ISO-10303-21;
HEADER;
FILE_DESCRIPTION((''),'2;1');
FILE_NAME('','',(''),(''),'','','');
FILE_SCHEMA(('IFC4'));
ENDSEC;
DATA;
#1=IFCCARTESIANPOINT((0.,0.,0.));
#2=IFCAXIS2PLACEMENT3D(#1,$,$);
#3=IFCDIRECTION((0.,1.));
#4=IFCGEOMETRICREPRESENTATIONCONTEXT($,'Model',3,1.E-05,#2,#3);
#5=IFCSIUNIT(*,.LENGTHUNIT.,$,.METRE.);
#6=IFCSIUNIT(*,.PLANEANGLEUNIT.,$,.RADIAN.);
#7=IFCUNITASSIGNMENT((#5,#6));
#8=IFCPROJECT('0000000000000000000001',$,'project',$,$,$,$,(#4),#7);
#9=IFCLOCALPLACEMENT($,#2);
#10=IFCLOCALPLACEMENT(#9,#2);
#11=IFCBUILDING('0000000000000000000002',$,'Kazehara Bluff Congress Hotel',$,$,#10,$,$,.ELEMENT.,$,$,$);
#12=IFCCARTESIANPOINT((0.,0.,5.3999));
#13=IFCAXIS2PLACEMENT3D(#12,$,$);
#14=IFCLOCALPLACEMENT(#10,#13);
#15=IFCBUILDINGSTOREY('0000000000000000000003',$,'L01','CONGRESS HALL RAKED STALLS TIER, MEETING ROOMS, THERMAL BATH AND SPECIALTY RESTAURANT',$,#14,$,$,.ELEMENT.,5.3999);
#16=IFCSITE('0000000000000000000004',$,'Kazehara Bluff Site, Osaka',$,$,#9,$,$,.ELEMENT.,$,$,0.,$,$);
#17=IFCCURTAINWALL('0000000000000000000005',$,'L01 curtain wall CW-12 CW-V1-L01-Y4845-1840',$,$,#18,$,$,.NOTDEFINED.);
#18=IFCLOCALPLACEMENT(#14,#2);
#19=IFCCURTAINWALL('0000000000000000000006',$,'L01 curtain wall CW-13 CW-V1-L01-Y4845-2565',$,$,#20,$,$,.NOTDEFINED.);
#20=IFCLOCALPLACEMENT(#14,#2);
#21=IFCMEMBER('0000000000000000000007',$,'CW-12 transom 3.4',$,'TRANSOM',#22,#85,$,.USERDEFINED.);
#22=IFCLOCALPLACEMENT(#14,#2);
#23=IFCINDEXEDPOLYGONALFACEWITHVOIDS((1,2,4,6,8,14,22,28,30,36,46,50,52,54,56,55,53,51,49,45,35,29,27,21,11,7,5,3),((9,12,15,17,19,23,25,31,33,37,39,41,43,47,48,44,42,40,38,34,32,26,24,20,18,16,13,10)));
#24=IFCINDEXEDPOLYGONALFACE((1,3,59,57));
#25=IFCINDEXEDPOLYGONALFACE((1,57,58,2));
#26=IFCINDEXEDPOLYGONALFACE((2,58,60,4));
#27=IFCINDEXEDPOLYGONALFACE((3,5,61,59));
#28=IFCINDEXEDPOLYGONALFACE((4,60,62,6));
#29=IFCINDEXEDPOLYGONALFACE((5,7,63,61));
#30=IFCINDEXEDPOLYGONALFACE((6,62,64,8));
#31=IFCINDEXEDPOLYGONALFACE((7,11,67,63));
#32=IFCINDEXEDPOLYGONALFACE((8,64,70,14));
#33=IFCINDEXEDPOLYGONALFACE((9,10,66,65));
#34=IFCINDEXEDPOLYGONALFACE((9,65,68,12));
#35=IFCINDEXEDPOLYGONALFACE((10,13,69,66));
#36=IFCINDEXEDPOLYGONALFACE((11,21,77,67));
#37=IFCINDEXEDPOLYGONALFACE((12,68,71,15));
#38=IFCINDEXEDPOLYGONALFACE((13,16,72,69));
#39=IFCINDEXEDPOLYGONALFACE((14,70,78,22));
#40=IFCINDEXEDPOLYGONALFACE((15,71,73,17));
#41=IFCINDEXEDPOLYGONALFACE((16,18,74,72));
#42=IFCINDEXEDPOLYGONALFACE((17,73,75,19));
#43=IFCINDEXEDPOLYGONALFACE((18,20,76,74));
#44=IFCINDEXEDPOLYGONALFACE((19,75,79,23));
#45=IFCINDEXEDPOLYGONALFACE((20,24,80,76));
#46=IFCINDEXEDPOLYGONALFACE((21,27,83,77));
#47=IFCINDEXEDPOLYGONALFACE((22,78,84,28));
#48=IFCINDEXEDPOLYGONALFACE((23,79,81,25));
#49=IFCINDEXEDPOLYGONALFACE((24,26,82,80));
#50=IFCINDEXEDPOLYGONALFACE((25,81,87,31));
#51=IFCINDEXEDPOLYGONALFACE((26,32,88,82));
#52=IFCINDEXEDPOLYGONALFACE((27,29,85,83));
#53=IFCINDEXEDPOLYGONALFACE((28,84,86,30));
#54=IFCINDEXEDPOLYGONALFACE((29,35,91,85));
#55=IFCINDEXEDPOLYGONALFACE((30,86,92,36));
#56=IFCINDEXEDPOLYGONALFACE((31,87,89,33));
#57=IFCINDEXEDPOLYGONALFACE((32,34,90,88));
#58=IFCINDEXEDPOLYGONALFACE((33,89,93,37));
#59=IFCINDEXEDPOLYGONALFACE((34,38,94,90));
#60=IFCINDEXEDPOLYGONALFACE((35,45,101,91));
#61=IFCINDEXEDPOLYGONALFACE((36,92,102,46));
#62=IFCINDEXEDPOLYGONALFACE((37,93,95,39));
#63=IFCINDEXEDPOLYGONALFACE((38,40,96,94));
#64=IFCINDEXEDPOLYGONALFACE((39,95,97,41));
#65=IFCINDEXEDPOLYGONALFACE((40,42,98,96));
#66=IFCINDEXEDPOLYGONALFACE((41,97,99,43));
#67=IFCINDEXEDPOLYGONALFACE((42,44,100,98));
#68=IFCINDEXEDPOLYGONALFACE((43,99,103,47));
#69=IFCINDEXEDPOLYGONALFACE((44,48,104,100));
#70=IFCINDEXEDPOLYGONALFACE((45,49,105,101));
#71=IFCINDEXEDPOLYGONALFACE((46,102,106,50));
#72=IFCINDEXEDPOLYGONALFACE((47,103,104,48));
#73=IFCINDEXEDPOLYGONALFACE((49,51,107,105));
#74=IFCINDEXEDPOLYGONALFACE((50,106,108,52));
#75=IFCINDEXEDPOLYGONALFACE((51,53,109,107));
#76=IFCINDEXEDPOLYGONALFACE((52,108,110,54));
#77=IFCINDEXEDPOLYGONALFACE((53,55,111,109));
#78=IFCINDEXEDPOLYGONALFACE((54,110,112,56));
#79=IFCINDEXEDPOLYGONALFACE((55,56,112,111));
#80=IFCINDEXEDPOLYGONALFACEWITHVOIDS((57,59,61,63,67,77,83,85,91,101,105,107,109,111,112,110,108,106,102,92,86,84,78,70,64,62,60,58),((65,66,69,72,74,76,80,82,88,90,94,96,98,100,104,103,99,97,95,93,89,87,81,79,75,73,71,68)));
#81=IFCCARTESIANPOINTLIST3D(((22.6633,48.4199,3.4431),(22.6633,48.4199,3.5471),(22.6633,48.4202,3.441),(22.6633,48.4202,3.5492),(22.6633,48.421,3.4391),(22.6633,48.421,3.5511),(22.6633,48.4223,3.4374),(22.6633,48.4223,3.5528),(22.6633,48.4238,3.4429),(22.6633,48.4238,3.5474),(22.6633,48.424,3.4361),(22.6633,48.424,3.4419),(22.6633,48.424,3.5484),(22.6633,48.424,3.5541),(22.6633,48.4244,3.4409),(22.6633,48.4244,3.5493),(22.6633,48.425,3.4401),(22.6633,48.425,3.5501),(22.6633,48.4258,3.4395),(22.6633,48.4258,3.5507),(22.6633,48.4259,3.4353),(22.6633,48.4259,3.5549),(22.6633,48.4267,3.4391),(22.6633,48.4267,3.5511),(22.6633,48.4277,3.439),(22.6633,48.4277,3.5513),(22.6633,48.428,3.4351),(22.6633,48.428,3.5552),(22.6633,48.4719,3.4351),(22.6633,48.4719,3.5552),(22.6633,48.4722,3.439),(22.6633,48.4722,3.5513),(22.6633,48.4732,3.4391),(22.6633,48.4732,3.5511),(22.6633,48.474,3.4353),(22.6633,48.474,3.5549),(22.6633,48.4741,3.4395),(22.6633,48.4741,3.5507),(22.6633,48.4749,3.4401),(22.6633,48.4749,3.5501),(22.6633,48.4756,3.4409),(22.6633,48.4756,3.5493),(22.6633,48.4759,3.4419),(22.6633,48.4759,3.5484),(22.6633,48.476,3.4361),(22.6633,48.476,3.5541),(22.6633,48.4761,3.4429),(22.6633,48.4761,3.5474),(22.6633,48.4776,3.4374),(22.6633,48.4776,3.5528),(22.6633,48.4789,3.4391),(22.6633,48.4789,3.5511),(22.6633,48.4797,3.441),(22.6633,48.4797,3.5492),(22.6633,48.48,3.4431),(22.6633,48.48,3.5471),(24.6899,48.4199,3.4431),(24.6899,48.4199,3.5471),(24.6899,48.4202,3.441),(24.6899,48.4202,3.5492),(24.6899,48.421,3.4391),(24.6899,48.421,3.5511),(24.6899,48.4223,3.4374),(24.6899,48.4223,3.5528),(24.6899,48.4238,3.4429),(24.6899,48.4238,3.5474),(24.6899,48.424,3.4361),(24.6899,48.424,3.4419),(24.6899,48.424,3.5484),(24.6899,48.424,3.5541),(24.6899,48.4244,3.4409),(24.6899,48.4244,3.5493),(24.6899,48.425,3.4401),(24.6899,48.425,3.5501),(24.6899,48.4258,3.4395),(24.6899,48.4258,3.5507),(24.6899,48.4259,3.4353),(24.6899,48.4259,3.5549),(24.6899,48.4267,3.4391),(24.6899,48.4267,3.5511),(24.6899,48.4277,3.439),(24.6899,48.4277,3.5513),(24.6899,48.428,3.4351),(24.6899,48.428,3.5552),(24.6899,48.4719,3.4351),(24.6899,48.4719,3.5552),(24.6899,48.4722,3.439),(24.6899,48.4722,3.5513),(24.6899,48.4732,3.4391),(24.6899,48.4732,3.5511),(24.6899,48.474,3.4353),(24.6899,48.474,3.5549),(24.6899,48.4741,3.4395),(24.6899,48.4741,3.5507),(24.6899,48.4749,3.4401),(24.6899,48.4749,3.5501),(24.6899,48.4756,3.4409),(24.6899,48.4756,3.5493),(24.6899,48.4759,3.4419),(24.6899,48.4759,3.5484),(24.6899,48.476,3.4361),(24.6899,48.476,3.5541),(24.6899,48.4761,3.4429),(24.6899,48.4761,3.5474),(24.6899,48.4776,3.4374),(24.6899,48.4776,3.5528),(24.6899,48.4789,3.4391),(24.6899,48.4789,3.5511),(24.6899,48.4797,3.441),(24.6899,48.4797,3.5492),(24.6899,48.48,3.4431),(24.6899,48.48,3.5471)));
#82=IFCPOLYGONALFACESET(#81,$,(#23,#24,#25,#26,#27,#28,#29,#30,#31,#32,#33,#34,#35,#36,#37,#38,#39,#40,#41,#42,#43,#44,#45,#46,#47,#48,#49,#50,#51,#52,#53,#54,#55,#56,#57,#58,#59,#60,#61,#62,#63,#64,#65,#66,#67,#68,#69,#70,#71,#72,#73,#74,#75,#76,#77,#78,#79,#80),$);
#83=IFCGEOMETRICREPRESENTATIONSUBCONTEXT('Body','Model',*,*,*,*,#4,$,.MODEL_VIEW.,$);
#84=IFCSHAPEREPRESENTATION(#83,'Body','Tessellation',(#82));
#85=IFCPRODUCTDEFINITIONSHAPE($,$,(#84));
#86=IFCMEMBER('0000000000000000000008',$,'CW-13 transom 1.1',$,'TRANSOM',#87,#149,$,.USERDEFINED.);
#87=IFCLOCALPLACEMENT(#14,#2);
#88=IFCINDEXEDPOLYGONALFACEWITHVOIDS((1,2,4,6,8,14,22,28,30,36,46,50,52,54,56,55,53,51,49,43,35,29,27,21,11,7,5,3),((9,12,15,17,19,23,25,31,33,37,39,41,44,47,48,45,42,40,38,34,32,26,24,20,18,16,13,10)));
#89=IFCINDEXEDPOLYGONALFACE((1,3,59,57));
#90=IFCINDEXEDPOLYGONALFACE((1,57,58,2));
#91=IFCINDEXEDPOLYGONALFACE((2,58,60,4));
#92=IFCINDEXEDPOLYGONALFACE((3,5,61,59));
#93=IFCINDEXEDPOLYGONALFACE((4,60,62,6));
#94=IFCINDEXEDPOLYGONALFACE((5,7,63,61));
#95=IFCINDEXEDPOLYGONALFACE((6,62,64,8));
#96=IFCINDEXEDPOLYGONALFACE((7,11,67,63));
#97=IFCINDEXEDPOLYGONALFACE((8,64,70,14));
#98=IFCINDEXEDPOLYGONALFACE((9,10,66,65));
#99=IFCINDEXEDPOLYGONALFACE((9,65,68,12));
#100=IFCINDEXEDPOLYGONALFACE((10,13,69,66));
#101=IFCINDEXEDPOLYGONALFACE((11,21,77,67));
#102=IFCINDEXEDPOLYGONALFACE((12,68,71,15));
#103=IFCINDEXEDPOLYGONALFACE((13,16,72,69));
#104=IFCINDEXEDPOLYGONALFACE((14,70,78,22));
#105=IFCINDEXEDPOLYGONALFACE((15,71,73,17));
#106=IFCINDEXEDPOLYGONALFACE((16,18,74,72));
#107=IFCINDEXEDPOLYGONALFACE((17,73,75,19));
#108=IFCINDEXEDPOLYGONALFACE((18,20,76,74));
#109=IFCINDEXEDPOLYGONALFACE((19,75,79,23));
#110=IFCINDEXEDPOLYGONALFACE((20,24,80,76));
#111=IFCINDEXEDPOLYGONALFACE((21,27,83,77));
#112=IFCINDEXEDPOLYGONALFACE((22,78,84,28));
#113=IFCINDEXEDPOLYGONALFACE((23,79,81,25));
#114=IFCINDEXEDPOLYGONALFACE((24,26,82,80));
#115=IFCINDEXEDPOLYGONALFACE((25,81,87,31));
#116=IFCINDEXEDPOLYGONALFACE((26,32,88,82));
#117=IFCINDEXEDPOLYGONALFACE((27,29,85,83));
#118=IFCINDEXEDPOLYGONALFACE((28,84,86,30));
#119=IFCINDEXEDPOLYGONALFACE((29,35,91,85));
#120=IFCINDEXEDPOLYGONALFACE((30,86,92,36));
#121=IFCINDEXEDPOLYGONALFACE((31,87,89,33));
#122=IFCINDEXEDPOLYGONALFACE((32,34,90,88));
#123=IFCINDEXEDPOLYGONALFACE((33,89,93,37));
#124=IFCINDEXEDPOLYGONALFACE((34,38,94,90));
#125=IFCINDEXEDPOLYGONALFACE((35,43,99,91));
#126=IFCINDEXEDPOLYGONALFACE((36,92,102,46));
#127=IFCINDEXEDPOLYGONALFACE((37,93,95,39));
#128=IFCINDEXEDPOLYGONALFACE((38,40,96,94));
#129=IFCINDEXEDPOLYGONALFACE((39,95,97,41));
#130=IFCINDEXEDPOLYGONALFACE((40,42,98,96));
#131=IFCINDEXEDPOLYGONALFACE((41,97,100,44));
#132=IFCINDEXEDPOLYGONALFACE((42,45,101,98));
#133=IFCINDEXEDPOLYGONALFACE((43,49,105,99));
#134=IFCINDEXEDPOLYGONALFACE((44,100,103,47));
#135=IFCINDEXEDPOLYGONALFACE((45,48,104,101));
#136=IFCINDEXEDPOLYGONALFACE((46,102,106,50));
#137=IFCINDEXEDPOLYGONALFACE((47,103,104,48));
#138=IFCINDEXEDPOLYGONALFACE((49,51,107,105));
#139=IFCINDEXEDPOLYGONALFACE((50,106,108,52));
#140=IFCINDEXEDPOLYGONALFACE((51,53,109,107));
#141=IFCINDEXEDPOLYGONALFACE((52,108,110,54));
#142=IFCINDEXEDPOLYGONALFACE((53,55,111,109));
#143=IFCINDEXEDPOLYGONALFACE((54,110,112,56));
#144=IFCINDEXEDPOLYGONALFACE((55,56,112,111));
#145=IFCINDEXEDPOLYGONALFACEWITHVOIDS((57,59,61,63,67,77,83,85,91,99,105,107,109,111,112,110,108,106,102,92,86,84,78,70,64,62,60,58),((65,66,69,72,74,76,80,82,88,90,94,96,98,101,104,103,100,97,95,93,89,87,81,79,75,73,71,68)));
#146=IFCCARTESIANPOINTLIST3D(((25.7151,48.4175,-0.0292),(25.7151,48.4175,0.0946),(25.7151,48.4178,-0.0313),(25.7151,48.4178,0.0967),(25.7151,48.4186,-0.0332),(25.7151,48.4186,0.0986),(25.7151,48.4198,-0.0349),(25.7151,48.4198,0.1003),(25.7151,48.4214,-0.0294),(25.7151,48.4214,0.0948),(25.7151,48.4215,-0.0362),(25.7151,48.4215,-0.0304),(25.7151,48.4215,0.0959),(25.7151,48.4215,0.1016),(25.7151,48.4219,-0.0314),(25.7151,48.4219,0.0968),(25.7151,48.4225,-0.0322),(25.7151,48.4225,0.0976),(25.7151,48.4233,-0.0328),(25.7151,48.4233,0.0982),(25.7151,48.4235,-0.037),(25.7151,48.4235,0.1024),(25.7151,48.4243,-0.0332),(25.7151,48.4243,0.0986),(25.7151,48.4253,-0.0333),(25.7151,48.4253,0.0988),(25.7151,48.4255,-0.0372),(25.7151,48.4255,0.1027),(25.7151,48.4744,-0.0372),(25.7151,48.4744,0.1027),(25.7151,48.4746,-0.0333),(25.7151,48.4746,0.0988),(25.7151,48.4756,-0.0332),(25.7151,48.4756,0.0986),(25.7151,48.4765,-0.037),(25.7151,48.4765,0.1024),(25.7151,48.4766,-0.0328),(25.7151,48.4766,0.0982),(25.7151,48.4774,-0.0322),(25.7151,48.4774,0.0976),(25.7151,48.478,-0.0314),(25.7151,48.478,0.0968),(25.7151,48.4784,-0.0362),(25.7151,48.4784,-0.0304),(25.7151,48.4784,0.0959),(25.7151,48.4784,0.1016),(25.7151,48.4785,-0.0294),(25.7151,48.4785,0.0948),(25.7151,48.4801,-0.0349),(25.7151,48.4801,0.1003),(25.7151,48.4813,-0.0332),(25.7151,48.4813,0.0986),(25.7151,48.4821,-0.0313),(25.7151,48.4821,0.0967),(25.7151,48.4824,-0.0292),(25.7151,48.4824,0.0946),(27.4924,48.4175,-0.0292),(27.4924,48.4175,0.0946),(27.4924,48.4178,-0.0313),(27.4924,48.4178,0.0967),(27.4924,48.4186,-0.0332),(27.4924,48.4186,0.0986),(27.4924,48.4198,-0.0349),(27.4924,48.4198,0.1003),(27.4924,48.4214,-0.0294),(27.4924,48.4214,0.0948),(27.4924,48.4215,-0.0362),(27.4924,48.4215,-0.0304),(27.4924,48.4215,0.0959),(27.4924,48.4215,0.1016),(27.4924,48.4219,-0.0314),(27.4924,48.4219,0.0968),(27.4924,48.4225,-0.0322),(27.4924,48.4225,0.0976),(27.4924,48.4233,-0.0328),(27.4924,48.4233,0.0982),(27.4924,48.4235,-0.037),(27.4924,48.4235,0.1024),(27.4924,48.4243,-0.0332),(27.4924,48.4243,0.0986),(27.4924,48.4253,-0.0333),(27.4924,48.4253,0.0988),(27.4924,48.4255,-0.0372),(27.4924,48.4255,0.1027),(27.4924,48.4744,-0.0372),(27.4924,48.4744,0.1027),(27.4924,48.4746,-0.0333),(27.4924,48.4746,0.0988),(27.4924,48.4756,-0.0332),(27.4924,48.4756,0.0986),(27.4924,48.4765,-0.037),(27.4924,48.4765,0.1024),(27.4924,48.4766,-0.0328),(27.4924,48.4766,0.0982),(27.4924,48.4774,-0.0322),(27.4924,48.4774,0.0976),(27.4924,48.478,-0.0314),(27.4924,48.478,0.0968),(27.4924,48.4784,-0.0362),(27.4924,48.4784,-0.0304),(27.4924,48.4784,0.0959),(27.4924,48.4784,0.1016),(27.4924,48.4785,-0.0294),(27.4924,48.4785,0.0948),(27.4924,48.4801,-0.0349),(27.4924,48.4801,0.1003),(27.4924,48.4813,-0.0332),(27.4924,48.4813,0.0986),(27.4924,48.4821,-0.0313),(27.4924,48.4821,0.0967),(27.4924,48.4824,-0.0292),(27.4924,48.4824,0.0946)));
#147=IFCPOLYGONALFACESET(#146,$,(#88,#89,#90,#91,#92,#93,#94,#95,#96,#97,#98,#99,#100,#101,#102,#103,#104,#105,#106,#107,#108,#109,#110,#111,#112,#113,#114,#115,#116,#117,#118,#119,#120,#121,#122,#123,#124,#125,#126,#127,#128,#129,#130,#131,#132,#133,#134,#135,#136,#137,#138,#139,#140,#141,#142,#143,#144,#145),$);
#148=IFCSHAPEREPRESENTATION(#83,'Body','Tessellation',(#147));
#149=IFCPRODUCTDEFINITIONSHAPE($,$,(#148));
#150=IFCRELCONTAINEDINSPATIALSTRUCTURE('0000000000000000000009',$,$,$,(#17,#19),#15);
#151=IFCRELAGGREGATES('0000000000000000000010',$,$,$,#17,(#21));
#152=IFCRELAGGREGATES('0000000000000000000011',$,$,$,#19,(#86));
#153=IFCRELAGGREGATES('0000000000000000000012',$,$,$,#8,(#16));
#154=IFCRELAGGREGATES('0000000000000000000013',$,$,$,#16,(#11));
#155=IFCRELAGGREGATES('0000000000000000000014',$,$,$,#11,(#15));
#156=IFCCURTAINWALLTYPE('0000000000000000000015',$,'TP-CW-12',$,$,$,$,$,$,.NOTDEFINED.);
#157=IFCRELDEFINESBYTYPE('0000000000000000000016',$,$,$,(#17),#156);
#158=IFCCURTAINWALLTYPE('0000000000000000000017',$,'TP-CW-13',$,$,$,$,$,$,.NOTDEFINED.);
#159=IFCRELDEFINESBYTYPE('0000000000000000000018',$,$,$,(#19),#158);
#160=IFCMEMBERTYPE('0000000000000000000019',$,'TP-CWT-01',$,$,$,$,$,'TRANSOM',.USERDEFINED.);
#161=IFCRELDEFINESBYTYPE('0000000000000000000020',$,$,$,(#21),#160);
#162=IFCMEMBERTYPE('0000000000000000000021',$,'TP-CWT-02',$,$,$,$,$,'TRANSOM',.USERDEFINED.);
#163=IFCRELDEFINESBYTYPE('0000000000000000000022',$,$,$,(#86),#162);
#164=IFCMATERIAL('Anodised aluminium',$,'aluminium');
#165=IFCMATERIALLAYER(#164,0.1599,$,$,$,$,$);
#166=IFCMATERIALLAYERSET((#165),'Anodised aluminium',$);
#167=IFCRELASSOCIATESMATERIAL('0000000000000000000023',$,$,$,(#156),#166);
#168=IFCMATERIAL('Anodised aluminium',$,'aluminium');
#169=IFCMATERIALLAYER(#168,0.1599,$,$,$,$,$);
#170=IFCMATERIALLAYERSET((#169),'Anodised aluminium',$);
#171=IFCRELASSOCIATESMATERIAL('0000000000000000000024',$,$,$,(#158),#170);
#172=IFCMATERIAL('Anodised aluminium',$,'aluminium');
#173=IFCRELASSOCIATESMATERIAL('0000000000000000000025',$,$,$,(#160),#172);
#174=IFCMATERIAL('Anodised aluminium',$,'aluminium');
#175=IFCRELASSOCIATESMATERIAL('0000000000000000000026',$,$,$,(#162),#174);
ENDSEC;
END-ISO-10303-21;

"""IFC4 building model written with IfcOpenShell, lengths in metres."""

from ifc_helpers import new_model, si_unit, direction, frame, origin, origin_2d, place, context, subcontext, project, spatial, hollow_rectangle, extrude, material, layer, layer_set, material_profile, profile_set, type_object, element, aggregate, save


model = new_model("IFC4")

# Units and contexts
model_context = context("Model", 3, precision=1e-05, world=origin(), true_north=direction((0.0, 1.0)))
body_context = subcontext(model_context, "Body", "Model", "MODEL_VIEW")
ifc_project = project(units=[si_unit("LENGTHUNIT", "METRE"), si_unit("PLANEANGLEUNIT", "RADIAN")], contexts=[model_context])

# Site, building, storey
site_placement = place(None, origin())
site = spatial("IfcSite", under=ifc_project, at=site_placement, Name="Kazehara Bluff Site, Osaka", CompositionType="ELEMENT", RefElevation=0.0)
building_placement = place(site_placement, origin())
building = spatial("IfcBuilding", under=site, at=building_placement, Name="Kazehara Bluff Congress Hotel", CompositionType="ELEMENT")
storey_placement = place(building_placement, frame((0.0, 0.0, 5.3999)))
storey = spatial("IfcBuildingStorey", under=building, at=storey_placement, Name="L01", Description="CONGRESS HALL RAKED STALLS TIER, MEETING ROOMS, THERMAL BATH AND SPECIALTY RESTAURANT", CompositionType="ELEMENT", Elevation=5.3999)

# Curtain walls
ifc_material_1 = material(Name="Anodised aluminium", Category="aluminium")
ifc_layer_1 = layer(ifc_material_1, 0.1599)
ifc_layer_set_1 = layer_set([ifc_layer_1], Name="Anodised aluminium")
curtain_wall_type_1 = type_object("IfcCurtainWallType", Name="TP-CW-12", PredefinedType="NOTDEFINED", material=ifc_layer_set_1)
curtain_wall_1_placement = place(storey_placement, origin())
curtain_wall_1 = element("IfcCurtainWall", 1, at=curtain_wall_1_placement, inside=storey, type_object=curtain_wall_type_1, Name="L01 curtain wall CW-12 CW-V1-L01-Y4845-1840", PredefinedType="NOTDEFINED")
ifc_material_2 = material(Name="Anodised aluminium", Category="aluminium")
ifc_layer_2 = layer(ifc_material_2, 0.1599)
ifc_layer_set_2 = layer_set([ifc_layer_2], Name="Anodised aluminium")
curtain_wall_type_2 = type_object("IfcCurtainWallType", Name="TP-CW-13", PredefinedType="NOTDEFINED", material=ifc_layer_set_2)
curtain_wall_2_placement = place(storey_placement, origin())
curtain_wall_2 = element("IfcCurtainWall", 2, at=curtain_wall_2_placement, inside=storey, type_object=curtain_wall_type_2, Name="L01 curtain wall CW-13 CW-V1-L01-Y4845-2565", PredefinedType="NOTDEFINED")

# Members
ifc_material_3 = material(Name="Anodised aluminium", Category="aluminium")
ifc_material_profile_1 = material_profile(ifc_material_3, hollow_rectangle(XDim=0.0601, YDim=0.1201, WallThickness=0.0039, InnerFilletRadius=0.0039, OuterFilletRadius=0.0081, at=origin_2d()))
ifc_profile_set_1 = profile_set([ifc_material_profile_1], Name="Anodised aluminium")
member_type_1 = type_object("IfcMemberType", Name="TP-CWT-01", ElementType="TRANSOM", PredefinedType="USERDEFINED", material=ifc_profile_set_1)
member_1_placement = place(storey_placement, frame((22.6633, 48.45, 3.4951), z_axis=(1.0, 0.0, 0.0), x_axis=(0.0, 1.0, 0.0)))
member_1 = element("IfcMember", 3, at=member_1_placement, type_object=member_type_1, Name="CW-12 transom 3.4", ObjectType="TRANSOM", PredefinedType="USERDEFINED", context=body_context, shape_type="SweptSolid", body=[
    extrude(hollow_rectangle(XDim=0.0601, YDim=0.1201, WallThickness=0.0039, InnerFilletRadius=0.0039, OuterFilletRadius=0.0081, at=origin_2d()), origin(), (0.0, 0.0, 1.0), 2.0266),
])
ifc_material_4 = material(Name="Anodised aluminium", Category="aluminium")
ifc_material_profile_2 = material_profile(ifc_material_4, hollow_rectangle(XDim=0.0649, YDim=0.1399, WallThickness=0.0039, InnerFilletRadius=0.0039, OuterFilletRadius=0.0081, at=origin_2d()))
ifc_profile_set_2 = profile_set([ifc_material_profile_2], Name="Anodised aluminium")
member_type_2 = type_object("IfcMemberType", Name="TP-CWT-02", ElementType="TRANSOM", PredefinedType="USERDEFINED", material=ifc_profile_set_2)
member_2_placement = place(storey_placement, frame((25.7151, 48.45, 0.0327), z_axis=(1.0, 0.0, 0.0), x_axis=(0.0, 1.0, 0.0)))
member_2 = element("IfcMember", 4, at=member_2_placement, type_object=member_type_2, Name="CW-13 transom 1.1", ObjectType="TRANSOM", PredefinedType="USERDEFINED", context=body_context, shape_type="SweptSolid", body=[
    extrude(hollow_rectangle(XDim=0.0649, YDim=0.1399, WallThickness=0.0039, InnerFilletRadius=0.0039, OuterFilletRadius=0.0081, at=origin_2d()), origin(), (0.0, 0.0, 1.0), 1.7773),
])

aggregate(curtain_wall_1, [member_1])
aggregate(curtain_wall_2, [member_2])

save(model, "model.ifc")
